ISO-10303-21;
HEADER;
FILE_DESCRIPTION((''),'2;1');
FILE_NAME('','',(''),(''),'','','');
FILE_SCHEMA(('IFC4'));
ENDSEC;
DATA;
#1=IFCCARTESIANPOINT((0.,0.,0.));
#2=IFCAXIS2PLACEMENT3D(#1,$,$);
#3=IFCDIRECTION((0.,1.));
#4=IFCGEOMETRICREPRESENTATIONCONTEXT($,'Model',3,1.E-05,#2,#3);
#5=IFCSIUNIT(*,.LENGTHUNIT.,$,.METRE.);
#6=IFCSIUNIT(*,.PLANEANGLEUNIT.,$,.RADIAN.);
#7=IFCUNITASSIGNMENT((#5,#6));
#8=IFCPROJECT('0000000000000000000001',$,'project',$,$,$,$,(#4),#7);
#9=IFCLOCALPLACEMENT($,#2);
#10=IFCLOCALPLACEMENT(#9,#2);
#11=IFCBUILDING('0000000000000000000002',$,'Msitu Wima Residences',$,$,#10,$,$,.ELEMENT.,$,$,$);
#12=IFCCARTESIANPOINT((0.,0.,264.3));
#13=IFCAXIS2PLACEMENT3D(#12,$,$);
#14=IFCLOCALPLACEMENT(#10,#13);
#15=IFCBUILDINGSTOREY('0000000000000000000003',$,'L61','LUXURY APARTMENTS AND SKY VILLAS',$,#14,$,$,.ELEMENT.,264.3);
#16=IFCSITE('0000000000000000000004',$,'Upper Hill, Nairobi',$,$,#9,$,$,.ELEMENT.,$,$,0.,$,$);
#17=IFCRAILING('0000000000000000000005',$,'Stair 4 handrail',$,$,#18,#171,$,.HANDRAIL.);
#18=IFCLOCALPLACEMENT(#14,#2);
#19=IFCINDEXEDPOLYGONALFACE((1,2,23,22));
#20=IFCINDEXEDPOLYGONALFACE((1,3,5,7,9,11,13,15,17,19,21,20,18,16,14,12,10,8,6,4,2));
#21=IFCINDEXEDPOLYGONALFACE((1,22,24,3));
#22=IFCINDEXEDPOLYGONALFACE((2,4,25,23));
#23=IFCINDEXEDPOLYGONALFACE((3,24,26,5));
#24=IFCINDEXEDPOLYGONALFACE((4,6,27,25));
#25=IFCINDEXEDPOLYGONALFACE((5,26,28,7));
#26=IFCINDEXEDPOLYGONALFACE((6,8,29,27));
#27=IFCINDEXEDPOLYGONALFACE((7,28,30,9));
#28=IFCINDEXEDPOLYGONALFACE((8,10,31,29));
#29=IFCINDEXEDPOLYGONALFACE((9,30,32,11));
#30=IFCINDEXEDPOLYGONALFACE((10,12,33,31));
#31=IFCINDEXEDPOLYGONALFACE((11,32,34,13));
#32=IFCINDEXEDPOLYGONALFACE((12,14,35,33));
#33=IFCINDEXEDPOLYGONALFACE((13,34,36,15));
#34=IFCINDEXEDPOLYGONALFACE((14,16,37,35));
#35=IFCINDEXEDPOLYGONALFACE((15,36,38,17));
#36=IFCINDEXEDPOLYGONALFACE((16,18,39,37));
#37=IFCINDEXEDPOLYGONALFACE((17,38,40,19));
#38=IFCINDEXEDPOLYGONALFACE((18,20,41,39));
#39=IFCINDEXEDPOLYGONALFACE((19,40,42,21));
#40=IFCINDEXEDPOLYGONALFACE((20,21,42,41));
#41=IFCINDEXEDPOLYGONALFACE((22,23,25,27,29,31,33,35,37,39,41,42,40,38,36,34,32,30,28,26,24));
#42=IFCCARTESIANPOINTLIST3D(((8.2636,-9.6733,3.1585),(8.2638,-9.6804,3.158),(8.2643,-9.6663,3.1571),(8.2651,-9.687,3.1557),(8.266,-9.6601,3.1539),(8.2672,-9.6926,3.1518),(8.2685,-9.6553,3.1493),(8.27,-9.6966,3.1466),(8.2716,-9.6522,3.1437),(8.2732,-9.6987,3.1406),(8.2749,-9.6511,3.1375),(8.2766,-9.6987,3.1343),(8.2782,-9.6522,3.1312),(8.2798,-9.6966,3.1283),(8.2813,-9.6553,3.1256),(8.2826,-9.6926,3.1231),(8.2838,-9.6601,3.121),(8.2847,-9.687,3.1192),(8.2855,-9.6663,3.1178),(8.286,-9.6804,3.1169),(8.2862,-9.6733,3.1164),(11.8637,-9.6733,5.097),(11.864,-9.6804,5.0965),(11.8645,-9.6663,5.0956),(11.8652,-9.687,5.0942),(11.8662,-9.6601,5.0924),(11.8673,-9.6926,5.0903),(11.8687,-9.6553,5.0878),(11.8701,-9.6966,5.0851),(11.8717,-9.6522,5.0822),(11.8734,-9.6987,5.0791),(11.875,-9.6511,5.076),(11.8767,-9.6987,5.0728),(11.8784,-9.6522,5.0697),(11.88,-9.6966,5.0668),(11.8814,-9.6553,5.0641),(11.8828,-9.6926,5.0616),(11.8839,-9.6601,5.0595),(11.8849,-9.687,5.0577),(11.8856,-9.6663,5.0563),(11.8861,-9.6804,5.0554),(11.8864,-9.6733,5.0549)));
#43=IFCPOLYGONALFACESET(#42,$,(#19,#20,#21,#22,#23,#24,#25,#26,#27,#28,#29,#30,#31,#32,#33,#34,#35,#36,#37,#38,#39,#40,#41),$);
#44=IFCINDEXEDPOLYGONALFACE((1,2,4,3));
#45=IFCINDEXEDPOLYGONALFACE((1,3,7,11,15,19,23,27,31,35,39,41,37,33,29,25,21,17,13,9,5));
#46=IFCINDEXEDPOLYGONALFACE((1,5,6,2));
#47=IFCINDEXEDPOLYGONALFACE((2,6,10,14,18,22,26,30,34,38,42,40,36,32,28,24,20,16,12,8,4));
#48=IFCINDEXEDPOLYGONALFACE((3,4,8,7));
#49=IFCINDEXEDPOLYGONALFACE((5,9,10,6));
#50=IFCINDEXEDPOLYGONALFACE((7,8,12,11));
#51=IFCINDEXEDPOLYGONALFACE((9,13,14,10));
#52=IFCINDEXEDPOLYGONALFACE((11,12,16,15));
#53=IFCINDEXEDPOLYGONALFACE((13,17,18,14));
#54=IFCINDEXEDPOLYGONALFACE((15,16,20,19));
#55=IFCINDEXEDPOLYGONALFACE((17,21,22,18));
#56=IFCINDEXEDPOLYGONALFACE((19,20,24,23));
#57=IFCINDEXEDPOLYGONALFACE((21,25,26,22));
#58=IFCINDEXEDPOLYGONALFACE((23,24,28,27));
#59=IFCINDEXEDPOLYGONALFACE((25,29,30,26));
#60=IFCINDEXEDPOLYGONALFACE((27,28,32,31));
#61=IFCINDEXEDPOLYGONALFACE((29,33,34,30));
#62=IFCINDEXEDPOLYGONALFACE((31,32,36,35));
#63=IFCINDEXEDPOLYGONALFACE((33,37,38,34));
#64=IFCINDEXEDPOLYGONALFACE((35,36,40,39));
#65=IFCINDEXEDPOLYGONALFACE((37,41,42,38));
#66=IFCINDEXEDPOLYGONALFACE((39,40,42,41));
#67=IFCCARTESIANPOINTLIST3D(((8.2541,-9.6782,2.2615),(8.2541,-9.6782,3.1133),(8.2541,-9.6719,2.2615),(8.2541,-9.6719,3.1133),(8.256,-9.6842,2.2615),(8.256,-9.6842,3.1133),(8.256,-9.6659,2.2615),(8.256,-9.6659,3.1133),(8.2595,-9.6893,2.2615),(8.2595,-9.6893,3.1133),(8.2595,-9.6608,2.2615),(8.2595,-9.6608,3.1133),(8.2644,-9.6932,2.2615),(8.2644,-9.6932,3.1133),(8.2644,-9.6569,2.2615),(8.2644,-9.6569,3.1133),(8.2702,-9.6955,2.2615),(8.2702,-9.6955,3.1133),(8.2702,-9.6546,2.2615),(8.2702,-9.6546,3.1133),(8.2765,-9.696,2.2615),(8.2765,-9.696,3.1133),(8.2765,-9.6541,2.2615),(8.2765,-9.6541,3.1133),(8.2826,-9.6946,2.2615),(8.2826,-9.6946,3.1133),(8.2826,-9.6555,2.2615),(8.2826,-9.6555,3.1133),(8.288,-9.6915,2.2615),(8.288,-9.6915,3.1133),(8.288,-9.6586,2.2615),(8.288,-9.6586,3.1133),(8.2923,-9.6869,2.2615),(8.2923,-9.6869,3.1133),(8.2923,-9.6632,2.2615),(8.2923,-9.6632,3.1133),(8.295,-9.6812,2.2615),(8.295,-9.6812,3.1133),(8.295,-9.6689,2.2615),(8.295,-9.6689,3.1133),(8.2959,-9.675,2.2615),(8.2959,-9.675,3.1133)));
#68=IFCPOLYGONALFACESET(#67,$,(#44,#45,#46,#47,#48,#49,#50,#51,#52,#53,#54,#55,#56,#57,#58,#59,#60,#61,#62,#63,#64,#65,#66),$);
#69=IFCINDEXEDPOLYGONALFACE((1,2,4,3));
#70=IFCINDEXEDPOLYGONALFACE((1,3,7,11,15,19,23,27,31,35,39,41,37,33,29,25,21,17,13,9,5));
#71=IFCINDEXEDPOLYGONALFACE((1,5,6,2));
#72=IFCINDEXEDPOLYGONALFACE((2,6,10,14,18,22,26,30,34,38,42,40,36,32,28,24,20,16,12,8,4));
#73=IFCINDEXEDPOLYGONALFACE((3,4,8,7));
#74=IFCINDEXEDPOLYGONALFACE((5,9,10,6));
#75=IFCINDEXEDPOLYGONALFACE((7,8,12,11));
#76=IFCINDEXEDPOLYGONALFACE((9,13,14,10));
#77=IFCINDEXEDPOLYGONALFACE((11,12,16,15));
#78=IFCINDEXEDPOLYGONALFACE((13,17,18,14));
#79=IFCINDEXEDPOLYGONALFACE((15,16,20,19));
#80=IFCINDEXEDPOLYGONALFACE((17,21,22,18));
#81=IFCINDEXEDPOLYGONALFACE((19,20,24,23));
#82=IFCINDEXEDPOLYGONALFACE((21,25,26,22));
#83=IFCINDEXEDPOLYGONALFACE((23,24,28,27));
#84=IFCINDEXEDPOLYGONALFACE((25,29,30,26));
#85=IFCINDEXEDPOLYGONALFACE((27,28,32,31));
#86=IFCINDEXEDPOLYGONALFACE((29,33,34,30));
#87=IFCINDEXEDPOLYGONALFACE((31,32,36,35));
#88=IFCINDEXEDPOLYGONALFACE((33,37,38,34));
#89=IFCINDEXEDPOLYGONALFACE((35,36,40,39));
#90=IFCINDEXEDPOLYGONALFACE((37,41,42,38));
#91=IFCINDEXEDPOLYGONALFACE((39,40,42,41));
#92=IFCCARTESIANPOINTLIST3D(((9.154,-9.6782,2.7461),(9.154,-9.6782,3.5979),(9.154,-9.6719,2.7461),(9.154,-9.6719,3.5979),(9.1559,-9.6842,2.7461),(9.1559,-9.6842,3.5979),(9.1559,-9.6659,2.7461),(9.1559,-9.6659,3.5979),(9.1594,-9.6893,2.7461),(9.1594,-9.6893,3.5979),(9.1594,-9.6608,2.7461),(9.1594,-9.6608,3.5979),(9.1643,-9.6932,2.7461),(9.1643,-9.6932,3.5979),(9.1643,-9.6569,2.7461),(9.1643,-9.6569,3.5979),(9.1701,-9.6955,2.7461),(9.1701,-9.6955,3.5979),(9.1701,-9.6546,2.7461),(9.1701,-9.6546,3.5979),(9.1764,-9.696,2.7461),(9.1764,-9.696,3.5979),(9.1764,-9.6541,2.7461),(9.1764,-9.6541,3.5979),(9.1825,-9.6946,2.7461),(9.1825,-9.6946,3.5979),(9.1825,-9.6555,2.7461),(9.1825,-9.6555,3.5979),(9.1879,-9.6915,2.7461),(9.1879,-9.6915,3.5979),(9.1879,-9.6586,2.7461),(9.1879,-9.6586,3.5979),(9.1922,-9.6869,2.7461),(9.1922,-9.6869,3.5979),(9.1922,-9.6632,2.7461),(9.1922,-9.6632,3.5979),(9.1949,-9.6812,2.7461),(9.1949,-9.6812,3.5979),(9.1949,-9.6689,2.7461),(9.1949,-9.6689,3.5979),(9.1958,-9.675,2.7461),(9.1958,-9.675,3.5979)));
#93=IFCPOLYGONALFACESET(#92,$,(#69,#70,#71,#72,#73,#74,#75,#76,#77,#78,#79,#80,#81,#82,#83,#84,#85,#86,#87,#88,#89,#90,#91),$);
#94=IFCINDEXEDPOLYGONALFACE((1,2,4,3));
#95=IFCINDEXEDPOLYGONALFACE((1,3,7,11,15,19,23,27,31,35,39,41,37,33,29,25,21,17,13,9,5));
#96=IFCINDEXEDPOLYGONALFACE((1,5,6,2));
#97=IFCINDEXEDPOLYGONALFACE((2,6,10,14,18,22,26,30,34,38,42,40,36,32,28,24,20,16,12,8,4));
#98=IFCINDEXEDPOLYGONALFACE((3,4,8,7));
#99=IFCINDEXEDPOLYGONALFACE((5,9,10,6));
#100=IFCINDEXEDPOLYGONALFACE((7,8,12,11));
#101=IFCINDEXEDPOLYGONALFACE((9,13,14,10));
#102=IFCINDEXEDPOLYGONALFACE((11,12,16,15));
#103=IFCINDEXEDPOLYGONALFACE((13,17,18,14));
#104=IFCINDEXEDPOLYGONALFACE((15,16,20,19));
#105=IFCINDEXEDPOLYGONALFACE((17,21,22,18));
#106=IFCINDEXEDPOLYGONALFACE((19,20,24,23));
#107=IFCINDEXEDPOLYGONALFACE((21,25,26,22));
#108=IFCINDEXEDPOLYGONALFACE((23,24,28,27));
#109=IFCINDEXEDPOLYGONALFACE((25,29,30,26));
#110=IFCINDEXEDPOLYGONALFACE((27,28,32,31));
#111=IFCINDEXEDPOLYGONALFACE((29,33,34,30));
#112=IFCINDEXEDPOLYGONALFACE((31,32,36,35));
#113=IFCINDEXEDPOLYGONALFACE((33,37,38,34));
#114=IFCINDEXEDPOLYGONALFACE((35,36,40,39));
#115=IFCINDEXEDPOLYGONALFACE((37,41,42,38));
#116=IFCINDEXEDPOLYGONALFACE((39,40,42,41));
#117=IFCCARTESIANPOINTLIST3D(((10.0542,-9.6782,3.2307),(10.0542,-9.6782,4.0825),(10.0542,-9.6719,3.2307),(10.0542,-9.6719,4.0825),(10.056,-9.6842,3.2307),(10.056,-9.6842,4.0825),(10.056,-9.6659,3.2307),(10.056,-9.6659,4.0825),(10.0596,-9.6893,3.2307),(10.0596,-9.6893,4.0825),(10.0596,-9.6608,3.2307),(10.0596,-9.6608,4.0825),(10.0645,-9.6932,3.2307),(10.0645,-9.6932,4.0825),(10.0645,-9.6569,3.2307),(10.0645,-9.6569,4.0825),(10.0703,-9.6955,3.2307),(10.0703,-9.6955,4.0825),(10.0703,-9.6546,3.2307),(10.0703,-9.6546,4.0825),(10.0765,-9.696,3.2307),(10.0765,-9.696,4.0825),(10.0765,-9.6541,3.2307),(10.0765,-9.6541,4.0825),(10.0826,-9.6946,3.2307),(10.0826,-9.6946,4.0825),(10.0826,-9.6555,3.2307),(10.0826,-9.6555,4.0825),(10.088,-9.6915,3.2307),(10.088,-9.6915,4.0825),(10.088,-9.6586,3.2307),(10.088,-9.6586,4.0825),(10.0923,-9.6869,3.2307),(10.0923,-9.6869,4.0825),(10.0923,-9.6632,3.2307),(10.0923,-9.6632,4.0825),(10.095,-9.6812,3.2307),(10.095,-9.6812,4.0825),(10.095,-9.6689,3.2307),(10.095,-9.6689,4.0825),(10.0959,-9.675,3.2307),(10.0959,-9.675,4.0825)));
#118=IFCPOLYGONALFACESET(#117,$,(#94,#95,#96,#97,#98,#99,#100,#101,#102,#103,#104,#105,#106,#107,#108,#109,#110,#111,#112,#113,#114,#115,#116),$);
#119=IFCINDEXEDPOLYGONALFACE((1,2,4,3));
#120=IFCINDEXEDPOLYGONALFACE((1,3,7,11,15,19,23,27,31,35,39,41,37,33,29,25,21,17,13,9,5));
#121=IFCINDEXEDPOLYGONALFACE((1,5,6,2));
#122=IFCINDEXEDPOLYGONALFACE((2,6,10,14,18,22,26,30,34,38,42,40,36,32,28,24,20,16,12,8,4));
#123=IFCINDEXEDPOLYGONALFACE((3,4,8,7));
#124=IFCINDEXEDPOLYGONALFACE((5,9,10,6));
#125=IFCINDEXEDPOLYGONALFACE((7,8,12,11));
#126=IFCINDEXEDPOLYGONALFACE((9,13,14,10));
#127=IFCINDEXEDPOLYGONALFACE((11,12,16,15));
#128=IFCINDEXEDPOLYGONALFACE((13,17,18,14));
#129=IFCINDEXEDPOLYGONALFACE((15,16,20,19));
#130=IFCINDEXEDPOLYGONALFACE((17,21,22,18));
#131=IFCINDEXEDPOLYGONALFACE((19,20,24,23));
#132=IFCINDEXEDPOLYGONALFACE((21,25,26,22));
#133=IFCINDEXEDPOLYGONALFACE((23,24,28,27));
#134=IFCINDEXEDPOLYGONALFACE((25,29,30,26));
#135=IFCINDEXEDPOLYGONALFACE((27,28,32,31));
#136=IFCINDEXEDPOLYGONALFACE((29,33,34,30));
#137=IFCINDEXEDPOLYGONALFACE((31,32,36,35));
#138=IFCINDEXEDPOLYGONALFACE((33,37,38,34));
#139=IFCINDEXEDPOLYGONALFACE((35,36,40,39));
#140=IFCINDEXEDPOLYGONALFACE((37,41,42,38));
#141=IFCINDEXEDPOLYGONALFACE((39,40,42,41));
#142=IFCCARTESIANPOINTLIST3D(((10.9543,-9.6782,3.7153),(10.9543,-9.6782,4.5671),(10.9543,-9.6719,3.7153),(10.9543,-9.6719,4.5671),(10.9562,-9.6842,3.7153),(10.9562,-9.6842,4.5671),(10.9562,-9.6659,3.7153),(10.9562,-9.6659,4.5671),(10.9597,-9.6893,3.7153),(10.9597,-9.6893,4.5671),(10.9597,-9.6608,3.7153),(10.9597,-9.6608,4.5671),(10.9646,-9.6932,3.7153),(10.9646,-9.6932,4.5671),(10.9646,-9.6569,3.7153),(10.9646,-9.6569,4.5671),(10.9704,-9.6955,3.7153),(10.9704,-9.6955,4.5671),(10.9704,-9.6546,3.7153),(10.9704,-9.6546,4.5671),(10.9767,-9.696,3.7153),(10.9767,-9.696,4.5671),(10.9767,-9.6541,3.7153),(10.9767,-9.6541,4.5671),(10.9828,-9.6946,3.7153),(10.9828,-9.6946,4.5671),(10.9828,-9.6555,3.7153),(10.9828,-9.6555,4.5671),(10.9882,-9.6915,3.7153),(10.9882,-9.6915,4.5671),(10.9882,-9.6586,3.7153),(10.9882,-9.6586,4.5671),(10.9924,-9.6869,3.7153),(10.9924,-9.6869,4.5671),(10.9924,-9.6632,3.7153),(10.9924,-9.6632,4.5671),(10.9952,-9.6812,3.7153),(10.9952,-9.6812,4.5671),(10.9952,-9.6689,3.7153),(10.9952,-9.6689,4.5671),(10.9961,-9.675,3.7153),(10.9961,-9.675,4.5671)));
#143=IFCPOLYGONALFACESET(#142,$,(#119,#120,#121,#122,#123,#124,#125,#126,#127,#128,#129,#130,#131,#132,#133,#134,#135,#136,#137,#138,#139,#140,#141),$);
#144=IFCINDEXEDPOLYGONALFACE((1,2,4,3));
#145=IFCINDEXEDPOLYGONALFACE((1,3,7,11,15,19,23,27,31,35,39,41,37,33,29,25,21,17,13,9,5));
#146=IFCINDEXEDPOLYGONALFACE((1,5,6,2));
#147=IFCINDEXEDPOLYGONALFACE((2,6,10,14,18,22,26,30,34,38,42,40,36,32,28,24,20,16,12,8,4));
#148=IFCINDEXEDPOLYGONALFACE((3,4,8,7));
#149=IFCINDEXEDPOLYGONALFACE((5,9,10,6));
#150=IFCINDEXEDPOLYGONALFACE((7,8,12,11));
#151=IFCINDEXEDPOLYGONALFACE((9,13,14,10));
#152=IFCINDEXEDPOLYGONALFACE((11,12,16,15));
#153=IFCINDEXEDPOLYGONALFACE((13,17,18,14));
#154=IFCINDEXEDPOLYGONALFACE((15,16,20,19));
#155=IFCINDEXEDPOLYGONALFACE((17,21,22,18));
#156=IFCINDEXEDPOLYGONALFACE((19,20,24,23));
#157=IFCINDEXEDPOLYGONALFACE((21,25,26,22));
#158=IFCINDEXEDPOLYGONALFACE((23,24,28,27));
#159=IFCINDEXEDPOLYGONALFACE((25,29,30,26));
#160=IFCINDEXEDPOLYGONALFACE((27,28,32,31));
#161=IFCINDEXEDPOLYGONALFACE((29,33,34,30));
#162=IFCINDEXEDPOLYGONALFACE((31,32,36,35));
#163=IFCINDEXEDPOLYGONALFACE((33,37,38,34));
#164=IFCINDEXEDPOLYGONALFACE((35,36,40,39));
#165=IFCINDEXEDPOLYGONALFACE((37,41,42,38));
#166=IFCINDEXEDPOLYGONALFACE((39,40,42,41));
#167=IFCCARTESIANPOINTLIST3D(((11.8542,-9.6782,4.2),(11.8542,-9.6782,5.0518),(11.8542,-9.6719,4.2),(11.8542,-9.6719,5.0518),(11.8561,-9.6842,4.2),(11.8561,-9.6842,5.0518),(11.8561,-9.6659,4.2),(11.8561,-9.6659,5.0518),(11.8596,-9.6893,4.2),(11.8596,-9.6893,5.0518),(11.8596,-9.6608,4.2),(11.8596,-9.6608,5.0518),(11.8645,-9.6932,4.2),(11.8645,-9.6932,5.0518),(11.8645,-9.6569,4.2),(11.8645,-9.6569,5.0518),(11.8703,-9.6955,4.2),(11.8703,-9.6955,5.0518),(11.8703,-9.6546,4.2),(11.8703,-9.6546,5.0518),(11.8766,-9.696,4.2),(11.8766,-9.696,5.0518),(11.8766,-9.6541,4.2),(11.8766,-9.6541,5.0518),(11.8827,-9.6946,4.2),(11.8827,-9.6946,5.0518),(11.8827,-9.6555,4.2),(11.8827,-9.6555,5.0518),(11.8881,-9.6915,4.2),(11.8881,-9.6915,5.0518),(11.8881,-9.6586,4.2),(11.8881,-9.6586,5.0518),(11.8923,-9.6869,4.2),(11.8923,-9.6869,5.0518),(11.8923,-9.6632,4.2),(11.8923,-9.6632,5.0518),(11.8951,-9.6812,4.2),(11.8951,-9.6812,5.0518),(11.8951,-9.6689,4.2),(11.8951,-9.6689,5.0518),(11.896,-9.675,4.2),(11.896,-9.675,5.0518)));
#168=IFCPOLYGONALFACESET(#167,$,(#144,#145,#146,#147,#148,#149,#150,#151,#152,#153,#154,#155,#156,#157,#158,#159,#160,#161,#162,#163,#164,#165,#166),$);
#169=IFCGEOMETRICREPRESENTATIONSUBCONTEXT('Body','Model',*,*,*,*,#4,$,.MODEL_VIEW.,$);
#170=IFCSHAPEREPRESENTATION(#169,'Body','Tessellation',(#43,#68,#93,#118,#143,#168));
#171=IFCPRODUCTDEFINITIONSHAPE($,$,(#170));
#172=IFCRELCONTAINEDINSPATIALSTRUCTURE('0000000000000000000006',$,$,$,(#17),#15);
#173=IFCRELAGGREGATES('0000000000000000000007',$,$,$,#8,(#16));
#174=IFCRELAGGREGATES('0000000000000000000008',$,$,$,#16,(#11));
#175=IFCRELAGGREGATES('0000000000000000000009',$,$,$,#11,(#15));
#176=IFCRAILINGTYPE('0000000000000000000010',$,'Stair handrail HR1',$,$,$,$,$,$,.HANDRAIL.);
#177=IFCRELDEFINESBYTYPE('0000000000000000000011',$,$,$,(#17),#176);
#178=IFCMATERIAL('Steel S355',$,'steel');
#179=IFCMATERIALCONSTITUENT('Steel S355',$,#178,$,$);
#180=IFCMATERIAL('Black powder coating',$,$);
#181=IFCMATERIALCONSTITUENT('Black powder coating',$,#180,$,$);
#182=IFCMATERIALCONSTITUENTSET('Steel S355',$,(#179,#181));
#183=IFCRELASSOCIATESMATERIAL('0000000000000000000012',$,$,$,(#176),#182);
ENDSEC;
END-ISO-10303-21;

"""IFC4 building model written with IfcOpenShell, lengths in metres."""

from ifc_helpers import new_model, si_unit, direction, frame, origin, origin_2d, place, context, subcontext, project, spatial, circle, extrude, material, constituent, constituent_set, type_object, element, save


model = new_model("IFC4")

# Units and contexts
model_context = context("Model", 3, precision=1e-05, world=origin(), true_north=direction((0.0, 1.0)))
body_context = subcontext(model_context, "Body", "Model", "MODEL_VIEW")
ifc_project = project(units=[si_unit("LENGTHUNIT", "METRE"), si_unit("PLANEANGLEUNIT", "RADIAN")], contexts=[model_context])

# Site, building, storey
site_placement = place(None, origin())
site = spatial("IfcSite", under=ifc_project, at=site_placement, Name="Upper Hill, Nairobi", CompositionType="ELEMENT", RefElevation=0.0)
building_placement = place(site_placement, origin())
building = spatial("IfcBuilding", under=site, at=building_placement, Name="Msitu Wima Residences", CompositionType="ELEMENT")
storey_placement = place(building_placement, frame((0.0, 0.0, 264.3)))
storey = spatial("IfcBuildingStorey", under=building, at=storey_placement, Name="L61", Description="LUXURY APARTMENTS AND SKY VILLAS", CompositionType="ELEMENT", Elevation=264.3)

# Railing
ifc_material_1 = material(Name="Steel S355", Category="steel")
ifc_constituent_1 = constituent(ifc_material_1, Name="Steel S355")
ifc_material_2 = material(Name="Black powder coating")
ifc_constituent_2 = constituent(ifc_material_2, Name="Black powder coating")
ifc_constituent_set = constituent_set(constituents=[ifc_constituent_1, ifc_constituent_2], Name="Steel S355")
railing_type = type_object("IfcRailingType", Name="Stair handrail HR1", PredefinedType="HANDRAIL", material=ifc_constituent_set)
for number, where, name in (
    (1, (8.2749, -9.675, 2.2615), "Stair 4 handrail"),
):
    element("IfcRailing", number, at=place(storey_placement, frame(where)), inside=storey, type_object=railing_type, Name=name, PredefinedType="HANDRAIL", context=body_context, shape_type="SweptSolid", body=[
        extrude(circle(Radius=0.0239, at=origin_2d()), frame((0.0, 0.0, 0.876), z_axis=(0.880475, 0.0, 0.474093), x_axis=(0.0, 1.0, 0.0)), (0.0, 0.0, 1.0), 4.0889),
        extrude(circle(Radius=0.021, at=origin_2d()), origin(), (0.0, 0.0, 1.0), 0.8518),
        extrude(circle(Radius=0.021, at=origin_2d()), frame((0.8999, 0.0, 0.4846)), (0.0, 0.0, 1.0), 0.8518),
        extrude(circle(Radius=0.021, at=origin_2d()), frame((1.8, 0.0, 0.9692)), (0.0, 0.0, 1.0), 0.8518),
        extrude(circle(Radius=0.021, at=origin_2d()), frame((2.7002, 0.0, 1.4539)), (0.0, 0.0, 1.0), 0.8518),
        extrude(circle(Radius=0.021, at=origin_2d()), frame((3.6001, 0.0, 1.9385)), (0.0, 0.0, 1.0), 0.8518),
    ])

save(model, "model.ifc")
